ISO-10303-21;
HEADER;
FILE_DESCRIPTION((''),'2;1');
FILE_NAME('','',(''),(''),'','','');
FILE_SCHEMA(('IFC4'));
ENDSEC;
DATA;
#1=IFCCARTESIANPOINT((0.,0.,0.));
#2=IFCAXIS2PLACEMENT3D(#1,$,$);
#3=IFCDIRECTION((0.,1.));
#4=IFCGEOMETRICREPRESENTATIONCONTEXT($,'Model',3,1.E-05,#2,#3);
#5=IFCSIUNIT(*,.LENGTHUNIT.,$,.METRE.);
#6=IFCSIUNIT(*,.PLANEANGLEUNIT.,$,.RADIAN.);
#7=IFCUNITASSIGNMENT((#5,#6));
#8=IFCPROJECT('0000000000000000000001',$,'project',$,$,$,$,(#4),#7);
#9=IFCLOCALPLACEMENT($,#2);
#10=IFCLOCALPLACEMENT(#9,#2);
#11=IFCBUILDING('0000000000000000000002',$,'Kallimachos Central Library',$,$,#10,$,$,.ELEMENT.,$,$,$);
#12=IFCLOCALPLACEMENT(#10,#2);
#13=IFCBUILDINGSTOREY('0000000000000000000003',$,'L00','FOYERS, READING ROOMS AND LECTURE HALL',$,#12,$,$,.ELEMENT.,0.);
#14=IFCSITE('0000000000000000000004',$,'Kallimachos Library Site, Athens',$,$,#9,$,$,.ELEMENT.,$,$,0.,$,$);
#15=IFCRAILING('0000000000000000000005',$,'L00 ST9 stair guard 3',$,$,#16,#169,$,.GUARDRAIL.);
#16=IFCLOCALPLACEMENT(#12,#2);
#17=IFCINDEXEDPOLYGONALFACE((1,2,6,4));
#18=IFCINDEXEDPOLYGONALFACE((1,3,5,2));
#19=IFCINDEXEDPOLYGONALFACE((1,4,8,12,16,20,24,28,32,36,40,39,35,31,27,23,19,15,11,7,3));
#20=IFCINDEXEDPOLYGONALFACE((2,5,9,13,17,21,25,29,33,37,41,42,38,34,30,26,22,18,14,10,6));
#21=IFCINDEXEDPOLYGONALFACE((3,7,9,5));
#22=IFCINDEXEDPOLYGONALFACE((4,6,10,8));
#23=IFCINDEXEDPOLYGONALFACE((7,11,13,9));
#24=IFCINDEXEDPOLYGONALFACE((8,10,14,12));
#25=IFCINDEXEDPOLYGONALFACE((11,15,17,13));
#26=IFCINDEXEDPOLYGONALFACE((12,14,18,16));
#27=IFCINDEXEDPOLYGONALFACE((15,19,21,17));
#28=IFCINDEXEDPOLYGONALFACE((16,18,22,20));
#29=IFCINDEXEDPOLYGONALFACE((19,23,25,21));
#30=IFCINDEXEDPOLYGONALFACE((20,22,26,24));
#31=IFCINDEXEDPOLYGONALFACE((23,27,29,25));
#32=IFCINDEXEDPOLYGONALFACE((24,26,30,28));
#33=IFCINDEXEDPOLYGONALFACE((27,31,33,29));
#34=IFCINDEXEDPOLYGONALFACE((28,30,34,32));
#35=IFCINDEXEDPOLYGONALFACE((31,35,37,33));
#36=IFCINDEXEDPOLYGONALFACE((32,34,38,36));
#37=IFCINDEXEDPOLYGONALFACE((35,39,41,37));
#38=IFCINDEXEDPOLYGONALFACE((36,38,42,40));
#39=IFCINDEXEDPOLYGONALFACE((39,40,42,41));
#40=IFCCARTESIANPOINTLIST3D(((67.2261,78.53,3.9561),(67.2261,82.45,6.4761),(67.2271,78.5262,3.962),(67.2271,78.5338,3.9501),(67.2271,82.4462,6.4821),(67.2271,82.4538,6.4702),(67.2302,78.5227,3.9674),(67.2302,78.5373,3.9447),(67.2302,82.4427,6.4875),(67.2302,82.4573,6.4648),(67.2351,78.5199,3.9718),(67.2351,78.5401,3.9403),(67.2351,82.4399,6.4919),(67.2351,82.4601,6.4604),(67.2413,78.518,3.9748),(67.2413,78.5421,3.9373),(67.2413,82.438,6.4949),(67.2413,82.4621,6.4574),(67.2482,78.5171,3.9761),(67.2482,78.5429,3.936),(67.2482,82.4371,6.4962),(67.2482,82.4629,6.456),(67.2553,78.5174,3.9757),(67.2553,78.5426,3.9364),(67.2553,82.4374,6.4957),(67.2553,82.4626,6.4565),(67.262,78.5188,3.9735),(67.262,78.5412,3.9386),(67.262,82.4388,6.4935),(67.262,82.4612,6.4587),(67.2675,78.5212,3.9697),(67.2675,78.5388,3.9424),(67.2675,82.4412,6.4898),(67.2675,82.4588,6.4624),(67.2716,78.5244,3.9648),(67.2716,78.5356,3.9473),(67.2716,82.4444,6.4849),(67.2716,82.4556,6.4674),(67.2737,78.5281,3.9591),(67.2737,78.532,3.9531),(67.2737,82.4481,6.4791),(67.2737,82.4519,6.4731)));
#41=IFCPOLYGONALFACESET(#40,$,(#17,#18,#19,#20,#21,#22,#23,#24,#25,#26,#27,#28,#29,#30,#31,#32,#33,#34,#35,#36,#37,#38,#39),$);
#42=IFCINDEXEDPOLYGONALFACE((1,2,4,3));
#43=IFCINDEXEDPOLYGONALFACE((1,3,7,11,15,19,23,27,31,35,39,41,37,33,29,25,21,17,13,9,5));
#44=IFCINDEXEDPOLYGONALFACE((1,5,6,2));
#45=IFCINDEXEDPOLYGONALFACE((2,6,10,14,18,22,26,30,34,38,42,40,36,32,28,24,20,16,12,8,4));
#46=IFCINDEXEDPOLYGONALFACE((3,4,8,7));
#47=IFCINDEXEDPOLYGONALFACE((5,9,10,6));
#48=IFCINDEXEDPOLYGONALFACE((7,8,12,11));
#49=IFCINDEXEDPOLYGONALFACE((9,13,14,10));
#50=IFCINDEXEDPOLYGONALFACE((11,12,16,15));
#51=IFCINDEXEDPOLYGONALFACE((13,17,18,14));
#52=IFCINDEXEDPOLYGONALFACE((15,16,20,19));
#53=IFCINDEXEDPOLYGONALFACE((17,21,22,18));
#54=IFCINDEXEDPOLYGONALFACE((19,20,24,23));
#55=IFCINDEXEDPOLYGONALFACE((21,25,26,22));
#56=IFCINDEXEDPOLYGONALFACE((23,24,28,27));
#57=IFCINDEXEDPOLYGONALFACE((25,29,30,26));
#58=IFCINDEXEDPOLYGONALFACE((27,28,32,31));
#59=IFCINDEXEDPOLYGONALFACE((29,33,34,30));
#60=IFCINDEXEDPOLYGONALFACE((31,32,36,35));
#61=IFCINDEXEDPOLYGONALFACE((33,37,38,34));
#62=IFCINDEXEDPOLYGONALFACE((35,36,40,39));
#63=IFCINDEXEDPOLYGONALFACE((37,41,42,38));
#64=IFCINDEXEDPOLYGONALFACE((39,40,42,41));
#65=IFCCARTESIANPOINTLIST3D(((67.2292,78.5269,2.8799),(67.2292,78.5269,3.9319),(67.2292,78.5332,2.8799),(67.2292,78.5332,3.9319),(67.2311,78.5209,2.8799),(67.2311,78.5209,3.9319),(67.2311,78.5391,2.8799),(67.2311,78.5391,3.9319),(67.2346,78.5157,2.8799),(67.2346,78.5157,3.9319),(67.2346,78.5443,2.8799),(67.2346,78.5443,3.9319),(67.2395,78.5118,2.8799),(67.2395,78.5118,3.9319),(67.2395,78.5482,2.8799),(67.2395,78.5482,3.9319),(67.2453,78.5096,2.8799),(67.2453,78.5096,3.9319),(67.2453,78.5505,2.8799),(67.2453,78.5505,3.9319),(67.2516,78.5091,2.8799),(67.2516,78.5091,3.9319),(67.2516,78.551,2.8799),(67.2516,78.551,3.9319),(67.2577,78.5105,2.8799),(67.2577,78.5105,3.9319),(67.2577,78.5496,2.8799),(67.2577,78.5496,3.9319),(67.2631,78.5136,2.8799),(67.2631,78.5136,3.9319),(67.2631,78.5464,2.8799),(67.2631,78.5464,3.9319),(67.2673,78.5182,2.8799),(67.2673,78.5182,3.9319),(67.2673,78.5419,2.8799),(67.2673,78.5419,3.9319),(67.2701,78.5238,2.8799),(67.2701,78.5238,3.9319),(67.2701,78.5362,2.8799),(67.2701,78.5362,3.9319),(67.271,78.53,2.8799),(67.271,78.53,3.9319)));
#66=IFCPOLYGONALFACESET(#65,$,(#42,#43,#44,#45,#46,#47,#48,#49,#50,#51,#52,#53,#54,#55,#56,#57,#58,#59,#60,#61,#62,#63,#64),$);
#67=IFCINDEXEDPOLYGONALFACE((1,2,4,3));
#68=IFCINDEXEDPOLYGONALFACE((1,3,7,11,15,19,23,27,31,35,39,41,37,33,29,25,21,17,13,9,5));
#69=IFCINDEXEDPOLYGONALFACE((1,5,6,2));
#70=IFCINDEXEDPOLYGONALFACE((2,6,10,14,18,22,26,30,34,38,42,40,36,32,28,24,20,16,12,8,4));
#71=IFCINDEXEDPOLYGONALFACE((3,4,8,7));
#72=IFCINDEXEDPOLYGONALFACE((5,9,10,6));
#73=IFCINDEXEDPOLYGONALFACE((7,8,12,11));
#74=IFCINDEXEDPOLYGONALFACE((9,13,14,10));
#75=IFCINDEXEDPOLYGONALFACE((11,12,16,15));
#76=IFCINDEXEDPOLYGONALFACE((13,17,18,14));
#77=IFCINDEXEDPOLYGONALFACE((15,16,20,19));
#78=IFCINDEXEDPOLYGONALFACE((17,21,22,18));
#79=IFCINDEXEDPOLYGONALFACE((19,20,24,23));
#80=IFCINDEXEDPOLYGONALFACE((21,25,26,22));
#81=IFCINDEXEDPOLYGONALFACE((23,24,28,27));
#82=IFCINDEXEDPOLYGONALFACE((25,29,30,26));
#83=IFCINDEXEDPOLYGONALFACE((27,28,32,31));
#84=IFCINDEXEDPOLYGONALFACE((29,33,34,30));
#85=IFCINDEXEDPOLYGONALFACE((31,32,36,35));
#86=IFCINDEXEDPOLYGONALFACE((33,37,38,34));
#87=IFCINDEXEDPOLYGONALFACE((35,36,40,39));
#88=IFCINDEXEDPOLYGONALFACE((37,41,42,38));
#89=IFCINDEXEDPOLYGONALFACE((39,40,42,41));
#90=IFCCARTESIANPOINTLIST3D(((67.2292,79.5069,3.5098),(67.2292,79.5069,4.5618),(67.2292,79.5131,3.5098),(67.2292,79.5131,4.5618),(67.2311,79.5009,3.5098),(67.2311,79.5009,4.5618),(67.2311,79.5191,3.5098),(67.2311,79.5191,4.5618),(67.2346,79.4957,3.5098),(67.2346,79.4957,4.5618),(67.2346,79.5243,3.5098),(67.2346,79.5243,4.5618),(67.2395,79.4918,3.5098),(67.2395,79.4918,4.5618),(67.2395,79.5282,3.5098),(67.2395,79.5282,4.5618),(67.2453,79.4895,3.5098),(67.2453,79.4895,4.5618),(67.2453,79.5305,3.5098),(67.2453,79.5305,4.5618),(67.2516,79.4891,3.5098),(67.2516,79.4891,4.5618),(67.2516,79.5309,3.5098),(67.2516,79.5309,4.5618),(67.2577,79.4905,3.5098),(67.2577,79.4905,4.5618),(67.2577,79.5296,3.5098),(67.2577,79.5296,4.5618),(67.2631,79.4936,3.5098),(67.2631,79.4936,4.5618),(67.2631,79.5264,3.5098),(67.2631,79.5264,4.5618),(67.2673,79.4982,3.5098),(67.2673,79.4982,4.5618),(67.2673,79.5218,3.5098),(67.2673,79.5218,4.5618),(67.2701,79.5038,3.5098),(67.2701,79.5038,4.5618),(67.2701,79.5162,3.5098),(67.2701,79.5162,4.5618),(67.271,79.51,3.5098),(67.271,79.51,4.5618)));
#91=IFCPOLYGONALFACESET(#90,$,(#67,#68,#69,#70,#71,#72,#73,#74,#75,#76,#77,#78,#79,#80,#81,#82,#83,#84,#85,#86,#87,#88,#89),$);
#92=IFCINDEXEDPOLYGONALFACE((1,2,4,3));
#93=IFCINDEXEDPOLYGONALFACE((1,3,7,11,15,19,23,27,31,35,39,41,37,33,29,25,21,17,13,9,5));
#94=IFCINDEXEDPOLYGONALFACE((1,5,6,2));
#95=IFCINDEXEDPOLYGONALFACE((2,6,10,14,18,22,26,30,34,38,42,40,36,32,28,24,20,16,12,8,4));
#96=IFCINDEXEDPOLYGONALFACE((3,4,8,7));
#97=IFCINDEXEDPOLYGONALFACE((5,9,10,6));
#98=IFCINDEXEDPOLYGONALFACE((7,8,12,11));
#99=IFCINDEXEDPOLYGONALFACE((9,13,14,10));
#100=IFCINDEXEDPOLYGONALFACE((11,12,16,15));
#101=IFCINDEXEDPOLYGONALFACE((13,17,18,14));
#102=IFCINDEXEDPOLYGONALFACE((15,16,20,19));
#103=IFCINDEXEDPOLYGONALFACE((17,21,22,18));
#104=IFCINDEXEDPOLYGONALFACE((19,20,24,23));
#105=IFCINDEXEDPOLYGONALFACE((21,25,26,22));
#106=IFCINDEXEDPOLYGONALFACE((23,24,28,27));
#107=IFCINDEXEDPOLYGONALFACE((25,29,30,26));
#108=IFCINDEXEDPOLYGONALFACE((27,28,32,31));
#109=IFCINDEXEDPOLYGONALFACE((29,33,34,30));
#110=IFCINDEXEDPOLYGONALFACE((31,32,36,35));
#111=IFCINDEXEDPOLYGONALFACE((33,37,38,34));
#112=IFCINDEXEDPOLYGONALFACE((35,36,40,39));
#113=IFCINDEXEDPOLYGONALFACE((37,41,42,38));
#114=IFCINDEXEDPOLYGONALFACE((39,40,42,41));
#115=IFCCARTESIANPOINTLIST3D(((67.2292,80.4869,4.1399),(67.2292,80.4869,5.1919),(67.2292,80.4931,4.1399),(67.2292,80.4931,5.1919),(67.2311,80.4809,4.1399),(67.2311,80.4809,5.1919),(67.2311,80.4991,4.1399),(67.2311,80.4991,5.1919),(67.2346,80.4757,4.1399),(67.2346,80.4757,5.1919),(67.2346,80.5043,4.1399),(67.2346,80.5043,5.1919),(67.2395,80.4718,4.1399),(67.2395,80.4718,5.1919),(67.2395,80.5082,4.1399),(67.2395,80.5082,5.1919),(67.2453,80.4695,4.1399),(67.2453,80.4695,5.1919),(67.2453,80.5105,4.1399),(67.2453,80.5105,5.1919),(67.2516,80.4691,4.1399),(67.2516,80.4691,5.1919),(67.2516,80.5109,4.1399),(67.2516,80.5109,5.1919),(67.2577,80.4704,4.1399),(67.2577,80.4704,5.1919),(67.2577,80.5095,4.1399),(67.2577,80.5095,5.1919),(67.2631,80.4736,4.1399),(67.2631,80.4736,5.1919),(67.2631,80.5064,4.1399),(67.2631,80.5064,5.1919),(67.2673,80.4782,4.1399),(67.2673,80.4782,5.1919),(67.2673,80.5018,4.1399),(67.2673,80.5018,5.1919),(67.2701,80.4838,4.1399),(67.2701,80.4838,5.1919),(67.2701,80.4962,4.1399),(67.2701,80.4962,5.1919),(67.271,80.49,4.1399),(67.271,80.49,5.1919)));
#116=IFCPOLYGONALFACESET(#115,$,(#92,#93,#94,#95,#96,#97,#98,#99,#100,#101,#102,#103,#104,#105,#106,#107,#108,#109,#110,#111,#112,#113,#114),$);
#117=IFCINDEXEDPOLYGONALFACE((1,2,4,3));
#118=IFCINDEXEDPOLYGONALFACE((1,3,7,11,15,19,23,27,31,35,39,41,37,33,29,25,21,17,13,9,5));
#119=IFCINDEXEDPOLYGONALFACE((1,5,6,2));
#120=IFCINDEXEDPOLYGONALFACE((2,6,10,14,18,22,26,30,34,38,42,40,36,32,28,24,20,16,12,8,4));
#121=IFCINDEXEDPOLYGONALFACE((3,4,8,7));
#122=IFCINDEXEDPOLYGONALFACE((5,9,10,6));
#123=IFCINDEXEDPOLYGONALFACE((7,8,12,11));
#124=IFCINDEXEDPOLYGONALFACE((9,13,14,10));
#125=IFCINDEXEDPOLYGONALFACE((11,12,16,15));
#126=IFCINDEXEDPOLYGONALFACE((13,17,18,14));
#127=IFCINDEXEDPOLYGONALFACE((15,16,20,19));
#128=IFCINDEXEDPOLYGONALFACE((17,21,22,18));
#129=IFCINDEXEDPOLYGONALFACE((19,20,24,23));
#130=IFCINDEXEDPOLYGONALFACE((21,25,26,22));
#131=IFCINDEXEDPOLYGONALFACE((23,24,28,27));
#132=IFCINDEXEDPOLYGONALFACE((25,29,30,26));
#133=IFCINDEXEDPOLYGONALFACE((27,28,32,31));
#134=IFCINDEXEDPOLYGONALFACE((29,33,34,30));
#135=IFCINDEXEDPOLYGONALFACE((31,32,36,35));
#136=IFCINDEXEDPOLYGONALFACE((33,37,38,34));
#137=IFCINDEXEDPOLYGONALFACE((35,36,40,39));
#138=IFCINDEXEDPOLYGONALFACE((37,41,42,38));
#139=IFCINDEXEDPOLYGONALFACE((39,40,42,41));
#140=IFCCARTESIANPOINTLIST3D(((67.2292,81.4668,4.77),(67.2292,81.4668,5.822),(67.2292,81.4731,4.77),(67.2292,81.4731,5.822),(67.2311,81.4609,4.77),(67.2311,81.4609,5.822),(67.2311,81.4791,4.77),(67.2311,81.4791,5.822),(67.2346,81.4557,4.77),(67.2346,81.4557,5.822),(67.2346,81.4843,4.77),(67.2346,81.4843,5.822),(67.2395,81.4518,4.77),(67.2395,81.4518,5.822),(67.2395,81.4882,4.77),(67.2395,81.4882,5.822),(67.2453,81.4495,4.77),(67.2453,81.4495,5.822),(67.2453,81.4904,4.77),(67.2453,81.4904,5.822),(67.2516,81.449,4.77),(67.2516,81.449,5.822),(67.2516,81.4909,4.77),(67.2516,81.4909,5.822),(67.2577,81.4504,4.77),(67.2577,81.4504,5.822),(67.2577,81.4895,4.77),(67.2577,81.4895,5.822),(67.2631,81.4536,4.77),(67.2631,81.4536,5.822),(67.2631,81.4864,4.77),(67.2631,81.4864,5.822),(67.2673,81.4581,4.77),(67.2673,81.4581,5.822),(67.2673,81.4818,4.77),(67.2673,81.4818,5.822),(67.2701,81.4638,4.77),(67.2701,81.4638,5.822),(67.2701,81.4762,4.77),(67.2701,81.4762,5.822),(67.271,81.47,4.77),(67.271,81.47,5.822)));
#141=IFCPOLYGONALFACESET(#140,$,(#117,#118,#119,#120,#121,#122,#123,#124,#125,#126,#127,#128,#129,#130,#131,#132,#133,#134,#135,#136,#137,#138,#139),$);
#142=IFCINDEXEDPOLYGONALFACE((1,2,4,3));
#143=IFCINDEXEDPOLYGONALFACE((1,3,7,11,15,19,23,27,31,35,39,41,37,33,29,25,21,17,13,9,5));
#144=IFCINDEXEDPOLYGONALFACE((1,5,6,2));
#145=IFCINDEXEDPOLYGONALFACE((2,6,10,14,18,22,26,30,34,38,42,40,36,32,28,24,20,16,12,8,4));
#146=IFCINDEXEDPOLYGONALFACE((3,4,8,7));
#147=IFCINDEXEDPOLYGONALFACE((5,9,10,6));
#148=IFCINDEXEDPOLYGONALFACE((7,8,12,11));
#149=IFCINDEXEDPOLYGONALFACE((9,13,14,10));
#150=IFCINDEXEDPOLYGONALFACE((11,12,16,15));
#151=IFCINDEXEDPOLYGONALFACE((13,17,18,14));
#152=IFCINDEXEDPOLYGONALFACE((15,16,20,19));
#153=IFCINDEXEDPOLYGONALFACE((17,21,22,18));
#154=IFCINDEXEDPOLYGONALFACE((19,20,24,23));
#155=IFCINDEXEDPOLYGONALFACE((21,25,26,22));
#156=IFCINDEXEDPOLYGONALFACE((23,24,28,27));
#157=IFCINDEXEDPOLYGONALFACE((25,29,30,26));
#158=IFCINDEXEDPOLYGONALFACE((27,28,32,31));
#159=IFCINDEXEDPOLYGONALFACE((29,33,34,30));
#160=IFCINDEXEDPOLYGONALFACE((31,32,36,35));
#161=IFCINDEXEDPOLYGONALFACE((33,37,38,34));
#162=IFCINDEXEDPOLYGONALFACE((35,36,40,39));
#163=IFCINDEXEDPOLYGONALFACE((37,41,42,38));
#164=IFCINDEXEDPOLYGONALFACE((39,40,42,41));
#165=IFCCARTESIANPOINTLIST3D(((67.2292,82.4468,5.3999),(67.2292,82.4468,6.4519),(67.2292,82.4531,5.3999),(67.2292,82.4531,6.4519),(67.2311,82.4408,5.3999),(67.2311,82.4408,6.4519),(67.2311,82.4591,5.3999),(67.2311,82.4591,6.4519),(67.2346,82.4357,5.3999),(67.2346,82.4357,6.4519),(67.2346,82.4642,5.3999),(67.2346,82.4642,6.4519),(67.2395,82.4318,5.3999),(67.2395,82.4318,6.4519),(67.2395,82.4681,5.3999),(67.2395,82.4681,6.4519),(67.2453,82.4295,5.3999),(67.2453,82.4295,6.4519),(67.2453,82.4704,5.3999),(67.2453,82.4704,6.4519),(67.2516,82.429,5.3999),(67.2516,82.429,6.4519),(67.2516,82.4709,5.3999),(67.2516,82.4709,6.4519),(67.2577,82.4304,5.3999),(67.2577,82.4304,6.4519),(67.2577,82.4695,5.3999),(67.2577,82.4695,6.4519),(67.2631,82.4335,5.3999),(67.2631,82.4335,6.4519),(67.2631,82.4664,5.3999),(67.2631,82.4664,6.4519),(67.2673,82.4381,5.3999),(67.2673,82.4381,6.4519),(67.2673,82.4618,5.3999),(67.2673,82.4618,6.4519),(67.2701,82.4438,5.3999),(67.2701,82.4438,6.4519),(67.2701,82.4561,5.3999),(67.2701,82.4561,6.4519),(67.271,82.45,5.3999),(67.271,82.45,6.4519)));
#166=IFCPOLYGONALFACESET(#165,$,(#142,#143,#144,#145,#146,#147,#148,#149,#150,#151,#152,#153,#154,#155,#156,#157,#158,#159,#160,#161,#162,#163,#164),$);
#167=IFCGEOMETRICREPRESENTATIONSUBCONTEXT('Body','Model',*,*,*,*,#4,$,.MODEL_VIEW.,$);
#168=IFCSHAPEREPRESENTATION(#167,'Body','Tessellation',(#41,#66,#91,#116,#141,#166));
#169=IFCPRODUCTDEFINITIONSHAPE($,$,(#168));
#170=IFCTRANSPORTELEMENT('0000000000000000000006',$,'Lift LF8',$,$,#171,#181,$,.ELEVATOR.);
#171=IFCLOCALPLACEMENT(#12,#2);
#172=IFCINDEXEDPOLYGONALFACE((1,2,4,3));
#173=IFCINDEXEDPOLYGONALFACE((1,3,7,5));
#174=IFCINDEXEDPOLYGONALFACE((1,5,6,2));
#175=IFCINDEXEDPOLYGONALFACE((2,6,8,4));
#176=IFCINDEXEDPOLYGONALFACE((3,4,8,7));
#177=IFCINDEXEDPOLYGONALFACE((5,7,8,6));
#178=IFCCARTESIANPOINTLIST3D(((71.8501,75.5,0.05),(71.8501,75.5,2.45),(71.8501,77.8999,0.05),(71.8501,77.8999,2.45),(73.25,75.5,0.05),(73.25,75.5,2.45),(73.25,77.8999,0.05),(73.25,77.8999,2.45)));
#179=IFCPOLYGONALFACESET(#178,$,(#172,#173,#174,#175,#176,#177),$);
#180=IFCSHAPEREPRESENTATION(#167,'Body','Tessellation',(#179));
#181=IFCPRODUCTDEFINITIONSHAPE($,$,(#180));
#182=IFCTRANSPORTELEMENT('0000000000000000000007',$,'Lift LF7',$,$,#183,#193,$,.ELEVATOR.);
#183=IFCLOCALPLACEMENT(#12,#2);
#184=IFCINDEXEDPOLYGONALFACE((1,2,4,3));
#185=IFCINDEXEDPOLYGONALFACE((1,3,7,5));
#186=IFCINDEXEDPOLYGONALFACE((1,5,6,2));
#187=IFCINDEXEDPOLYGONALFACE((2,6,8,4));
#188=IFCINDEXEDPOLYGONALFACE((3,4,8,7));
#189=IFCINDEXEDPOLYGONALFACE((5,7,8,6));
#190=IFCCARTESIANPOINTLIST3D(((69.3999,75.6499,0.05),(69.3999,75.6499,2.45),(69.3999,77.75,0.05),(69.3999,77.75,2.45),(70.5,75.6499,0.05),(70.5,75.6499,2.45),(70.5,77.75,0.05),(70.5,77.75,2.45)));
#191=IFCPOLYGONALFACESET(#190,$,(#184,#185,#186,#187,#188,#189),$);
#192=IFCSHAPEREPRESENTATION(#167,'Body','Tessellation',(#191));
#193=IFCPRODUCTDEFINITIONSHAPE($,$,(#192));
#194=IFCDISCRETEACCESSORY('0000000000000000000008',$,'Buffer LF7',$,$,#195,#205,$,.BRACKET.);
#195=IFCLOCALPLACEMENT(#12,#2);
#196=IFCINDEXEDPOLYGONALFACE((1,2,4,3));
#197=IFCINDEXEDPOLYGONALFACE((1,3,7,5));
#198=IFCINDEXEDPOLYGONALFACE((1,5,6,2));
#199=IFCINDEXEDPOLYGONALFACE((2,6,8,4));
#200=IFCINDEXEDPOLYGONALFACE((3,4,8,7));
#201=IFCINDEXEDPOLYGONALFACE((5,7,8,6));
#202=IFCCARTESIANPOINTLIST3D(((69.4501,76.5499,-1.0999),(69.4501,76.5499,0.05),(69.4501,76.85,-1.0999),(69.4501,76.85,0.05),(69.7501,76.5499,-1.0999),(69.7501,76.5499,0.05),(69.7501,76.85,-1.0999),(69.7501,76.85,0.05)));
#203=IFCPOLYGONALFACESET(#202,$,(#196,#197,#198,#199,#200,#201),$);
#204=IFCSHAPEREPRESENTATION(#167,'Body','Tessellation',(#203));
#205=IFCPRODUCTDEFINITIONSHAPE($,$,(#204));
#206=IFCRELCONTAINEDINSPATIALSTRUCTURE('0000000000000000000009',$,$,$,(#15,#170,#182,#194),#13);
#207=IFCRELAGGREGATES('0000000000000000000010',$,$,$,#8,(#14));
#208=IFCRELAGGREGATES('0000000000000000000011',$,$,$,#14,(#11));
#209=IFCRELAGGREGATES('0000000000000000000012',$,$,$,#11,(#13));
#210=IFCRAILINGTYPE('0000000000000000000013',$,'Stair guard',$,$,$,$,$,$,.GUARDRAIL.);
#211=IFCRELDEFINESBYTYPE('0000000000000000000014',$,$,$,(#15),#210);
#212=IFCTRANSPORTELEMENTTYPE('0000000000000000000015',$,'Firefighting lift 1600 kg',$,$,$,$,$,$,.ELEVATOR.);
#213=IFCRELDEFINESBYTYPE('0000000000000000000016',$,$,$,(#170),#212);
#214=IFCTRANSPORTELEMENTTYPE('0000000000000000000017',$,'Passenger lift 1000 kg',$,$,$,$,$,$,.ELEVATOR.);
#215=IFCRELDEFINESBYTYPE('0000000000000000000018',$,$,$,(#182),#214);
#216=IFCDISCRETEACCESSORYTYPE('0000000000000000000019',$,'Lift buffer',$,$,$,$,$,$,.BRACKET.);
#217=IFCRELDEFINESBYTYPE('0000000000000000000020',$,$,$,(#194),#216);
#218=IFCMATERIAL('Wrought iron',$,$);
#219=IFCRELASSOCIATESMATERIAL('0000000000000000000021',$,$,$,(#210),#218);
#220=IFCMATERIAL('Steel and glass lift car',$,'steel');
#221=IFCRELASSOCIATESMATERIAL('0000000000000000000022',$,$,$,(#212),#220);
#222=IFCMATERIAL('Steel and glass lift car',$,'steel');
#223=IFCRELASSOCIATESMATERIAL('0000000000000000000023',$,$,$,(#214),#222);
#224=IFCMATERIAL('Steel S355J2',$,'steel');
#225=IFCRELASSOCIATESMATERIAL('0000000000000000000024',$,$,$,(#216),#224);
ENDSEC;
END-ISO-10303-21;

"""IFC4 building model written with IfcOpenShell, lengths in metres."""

from ifc_helpers import new_model, si_unit, direction, frame, origin, origin_2d, place, context, subcontext, project, spatial, rectangle, circle, extrude, material, type_object, element, save


model = new_model("IFC4")

# Units and contexts
model_context = context("Model", 3, precision=1e-05, world=origin(), true_north=direction((0.0, 1.0)))
body_context = subcontext(model_context, "Body", "Model", "MODEL_VIEW")
ifc_project = project(units=[si_unit("LENGTHUNIT", "METRE"), si_unit("PLANEANGLEUNIT", "RADIAN")], contexts=[model_context])

# Site, building, storey
site_placement = place(None, origin())
site = spatial("IfcSite", under=ifc_project, at=site_placement, Name="Kallimachos Library Site, Athens", CompositionType="ELEMENT", RefElevation=0.0)
building_placement = place(site_placement, origin())
building = spatial("IfcBuilding", under=site, at=building_placement, Name="Kallimachos Central Library", CompositionType="ELEMENT")
storey_placement = place(building_placement, origin())
storey = spatial("IfcBuildingStorey", under=building, at=storey_placement, Name="L00", Description="FOYERS, READING ROOMS AND LECTURE HALL", CompositionType="ELEMENT", Elevation=0.0)

# Railing
ifc_material_1 = material(Name="Wrought iron")
railing_type = type_object("IfcRailingType", Name="Stair guard", PredefinedType="GUARDRAIL", material=ifc_material_1)
railing_1_placement = place(storey_placement, frame((67.25, 78.53, 2.8799)))
element("IfcRailing", 1, at=railing_1_placement, inside=storey, type_object=railing_type, Name="L00 ST9 stair guard 3", PredefinedType="GUARDRAIL", context=body_context, shape_type="SweptSolid", body=[
    extrude(circle(Radius=0.0239, at=origin_2d()), frame((0.0, 0.0, 1.0762), z_axis=(0.0, 0.841172, 0.540768), x_axis=(-1.0, 0.0, 0.0)), (0.0, 0.0, 1.0), 4.6602),
    extrude(circle(Radius=0.021, at=origin_2d()), origin(), (0.0, 0.0, 1.0), 1.052),
    extrude(circle(Radius=0.021, at=origin_2d()), frame((0.0, 0.98, 0.6299)), (0.0, 0.0, 1.0), 1.052),
    extrude(circle(Radius=0.021, at=origin_2d()), frame((0.0, 1.96, 1.26)), (0.0, 0.0, 1.0), 1.052),
    extrude(circle(Radius=0.021, at=origin_2d()), frame((0.0, 2.9399, 1.8901)), (0.0, 0.0, 1.0), 1.052),
    extrude(circle(Radius=0.021, at=origin_2d()), frame((0.0, 3.9199, 2.52)), (0.0, 0.0, 1.0), 1.052),
])

# Transport elements
ifc_material_2 = material(Name="Steel and glass lift car", Category="steel")
transport_element_type_1 = type_object("IfcTransportElementType", Name="Firefighting lift 1600 kg", PredefinedType="ELEVATOR", material=ifc_material_2)
transport_element_1_placement = place(storey_placement, frame((72.55, 76.7, 0.05), z_axis=(0.0, 0.0, 1.0), x_axis=(1.0, 0.0, 0.0)))
element("IfcTransportElement", 2, at=transport_element_1_placement, inside=storey, type_object=transport_element_type_1, Name="Lift LF8", PredefinedType="ELEVATOR", context=body_context, shape_type="SweptSolid", body=[
    extrude(rectangle(XDim=1.3999, YDim=2.3999, at=origin_2d()), origin(), (0.0, 0.0, 1.0), 2.3999),
])
ifc_material_3 = material(Name="Steel and glass lift car", Category="steel")
transport_element_type_2 = type_object("IfcTransportElementType", Name="Passenger lift 1000 kg", PredefinedType="ELEVATOR", material=ifc_material_3)
transport_element_2_placement = place(storey_placement, frame((69.95, 76.7, 0.05), z_axis=(0.0, 0.0, 1.0), x_axis=(1.0, 0.0, 0.0)))
element("IfcTransportElement", 3, at=transport_element_2_placement, inside=storey, type_object=transport_element_type_2, Name="Lift LF7", PredefinedType="ELEVATOR", context=body_context, shape_type="SweptSolid", body=[
    extrude(rectangle(XDim=1.1001, YDim=2.1001, at=origin_2d()), origin(), (0.0, 0.0, 1.0), 2.3999),
])

# Discrete accessory
ifc_material_4 = material(Name="Steel S355J2", Category="steel")
discrete_accessory_type = type_object("IfcDiscreteAccessoryType", Name="Lift buffer", PredefinedType="BRACKET", material=ifc_material_4)
for number, where, z_axis, x_axis, name in (
    (4, (69.6001, 76.7, -1.0999), (0.0, 0.0, 1.0), (1.0, 0.0, 0.0), "Buffer LF7"),
):
    element("IfcDiscreteAccessory", number, at=place(storey_placement, frame(where, z_axis=z_axis, x_axis=x_axis)), inside=storey, type_object=discrete_accessory_type, Name=name, PredefinedType="BRACKET", context=body_context, shape_type="SweptSolid", body=[
        extrude(rectangle(XDim=0.3, YDim=0.3, at=origin_2d()), origin(), (0.0, 0.0, 1.0), 1.1499),
    ])

save(model, "model.ifc")
